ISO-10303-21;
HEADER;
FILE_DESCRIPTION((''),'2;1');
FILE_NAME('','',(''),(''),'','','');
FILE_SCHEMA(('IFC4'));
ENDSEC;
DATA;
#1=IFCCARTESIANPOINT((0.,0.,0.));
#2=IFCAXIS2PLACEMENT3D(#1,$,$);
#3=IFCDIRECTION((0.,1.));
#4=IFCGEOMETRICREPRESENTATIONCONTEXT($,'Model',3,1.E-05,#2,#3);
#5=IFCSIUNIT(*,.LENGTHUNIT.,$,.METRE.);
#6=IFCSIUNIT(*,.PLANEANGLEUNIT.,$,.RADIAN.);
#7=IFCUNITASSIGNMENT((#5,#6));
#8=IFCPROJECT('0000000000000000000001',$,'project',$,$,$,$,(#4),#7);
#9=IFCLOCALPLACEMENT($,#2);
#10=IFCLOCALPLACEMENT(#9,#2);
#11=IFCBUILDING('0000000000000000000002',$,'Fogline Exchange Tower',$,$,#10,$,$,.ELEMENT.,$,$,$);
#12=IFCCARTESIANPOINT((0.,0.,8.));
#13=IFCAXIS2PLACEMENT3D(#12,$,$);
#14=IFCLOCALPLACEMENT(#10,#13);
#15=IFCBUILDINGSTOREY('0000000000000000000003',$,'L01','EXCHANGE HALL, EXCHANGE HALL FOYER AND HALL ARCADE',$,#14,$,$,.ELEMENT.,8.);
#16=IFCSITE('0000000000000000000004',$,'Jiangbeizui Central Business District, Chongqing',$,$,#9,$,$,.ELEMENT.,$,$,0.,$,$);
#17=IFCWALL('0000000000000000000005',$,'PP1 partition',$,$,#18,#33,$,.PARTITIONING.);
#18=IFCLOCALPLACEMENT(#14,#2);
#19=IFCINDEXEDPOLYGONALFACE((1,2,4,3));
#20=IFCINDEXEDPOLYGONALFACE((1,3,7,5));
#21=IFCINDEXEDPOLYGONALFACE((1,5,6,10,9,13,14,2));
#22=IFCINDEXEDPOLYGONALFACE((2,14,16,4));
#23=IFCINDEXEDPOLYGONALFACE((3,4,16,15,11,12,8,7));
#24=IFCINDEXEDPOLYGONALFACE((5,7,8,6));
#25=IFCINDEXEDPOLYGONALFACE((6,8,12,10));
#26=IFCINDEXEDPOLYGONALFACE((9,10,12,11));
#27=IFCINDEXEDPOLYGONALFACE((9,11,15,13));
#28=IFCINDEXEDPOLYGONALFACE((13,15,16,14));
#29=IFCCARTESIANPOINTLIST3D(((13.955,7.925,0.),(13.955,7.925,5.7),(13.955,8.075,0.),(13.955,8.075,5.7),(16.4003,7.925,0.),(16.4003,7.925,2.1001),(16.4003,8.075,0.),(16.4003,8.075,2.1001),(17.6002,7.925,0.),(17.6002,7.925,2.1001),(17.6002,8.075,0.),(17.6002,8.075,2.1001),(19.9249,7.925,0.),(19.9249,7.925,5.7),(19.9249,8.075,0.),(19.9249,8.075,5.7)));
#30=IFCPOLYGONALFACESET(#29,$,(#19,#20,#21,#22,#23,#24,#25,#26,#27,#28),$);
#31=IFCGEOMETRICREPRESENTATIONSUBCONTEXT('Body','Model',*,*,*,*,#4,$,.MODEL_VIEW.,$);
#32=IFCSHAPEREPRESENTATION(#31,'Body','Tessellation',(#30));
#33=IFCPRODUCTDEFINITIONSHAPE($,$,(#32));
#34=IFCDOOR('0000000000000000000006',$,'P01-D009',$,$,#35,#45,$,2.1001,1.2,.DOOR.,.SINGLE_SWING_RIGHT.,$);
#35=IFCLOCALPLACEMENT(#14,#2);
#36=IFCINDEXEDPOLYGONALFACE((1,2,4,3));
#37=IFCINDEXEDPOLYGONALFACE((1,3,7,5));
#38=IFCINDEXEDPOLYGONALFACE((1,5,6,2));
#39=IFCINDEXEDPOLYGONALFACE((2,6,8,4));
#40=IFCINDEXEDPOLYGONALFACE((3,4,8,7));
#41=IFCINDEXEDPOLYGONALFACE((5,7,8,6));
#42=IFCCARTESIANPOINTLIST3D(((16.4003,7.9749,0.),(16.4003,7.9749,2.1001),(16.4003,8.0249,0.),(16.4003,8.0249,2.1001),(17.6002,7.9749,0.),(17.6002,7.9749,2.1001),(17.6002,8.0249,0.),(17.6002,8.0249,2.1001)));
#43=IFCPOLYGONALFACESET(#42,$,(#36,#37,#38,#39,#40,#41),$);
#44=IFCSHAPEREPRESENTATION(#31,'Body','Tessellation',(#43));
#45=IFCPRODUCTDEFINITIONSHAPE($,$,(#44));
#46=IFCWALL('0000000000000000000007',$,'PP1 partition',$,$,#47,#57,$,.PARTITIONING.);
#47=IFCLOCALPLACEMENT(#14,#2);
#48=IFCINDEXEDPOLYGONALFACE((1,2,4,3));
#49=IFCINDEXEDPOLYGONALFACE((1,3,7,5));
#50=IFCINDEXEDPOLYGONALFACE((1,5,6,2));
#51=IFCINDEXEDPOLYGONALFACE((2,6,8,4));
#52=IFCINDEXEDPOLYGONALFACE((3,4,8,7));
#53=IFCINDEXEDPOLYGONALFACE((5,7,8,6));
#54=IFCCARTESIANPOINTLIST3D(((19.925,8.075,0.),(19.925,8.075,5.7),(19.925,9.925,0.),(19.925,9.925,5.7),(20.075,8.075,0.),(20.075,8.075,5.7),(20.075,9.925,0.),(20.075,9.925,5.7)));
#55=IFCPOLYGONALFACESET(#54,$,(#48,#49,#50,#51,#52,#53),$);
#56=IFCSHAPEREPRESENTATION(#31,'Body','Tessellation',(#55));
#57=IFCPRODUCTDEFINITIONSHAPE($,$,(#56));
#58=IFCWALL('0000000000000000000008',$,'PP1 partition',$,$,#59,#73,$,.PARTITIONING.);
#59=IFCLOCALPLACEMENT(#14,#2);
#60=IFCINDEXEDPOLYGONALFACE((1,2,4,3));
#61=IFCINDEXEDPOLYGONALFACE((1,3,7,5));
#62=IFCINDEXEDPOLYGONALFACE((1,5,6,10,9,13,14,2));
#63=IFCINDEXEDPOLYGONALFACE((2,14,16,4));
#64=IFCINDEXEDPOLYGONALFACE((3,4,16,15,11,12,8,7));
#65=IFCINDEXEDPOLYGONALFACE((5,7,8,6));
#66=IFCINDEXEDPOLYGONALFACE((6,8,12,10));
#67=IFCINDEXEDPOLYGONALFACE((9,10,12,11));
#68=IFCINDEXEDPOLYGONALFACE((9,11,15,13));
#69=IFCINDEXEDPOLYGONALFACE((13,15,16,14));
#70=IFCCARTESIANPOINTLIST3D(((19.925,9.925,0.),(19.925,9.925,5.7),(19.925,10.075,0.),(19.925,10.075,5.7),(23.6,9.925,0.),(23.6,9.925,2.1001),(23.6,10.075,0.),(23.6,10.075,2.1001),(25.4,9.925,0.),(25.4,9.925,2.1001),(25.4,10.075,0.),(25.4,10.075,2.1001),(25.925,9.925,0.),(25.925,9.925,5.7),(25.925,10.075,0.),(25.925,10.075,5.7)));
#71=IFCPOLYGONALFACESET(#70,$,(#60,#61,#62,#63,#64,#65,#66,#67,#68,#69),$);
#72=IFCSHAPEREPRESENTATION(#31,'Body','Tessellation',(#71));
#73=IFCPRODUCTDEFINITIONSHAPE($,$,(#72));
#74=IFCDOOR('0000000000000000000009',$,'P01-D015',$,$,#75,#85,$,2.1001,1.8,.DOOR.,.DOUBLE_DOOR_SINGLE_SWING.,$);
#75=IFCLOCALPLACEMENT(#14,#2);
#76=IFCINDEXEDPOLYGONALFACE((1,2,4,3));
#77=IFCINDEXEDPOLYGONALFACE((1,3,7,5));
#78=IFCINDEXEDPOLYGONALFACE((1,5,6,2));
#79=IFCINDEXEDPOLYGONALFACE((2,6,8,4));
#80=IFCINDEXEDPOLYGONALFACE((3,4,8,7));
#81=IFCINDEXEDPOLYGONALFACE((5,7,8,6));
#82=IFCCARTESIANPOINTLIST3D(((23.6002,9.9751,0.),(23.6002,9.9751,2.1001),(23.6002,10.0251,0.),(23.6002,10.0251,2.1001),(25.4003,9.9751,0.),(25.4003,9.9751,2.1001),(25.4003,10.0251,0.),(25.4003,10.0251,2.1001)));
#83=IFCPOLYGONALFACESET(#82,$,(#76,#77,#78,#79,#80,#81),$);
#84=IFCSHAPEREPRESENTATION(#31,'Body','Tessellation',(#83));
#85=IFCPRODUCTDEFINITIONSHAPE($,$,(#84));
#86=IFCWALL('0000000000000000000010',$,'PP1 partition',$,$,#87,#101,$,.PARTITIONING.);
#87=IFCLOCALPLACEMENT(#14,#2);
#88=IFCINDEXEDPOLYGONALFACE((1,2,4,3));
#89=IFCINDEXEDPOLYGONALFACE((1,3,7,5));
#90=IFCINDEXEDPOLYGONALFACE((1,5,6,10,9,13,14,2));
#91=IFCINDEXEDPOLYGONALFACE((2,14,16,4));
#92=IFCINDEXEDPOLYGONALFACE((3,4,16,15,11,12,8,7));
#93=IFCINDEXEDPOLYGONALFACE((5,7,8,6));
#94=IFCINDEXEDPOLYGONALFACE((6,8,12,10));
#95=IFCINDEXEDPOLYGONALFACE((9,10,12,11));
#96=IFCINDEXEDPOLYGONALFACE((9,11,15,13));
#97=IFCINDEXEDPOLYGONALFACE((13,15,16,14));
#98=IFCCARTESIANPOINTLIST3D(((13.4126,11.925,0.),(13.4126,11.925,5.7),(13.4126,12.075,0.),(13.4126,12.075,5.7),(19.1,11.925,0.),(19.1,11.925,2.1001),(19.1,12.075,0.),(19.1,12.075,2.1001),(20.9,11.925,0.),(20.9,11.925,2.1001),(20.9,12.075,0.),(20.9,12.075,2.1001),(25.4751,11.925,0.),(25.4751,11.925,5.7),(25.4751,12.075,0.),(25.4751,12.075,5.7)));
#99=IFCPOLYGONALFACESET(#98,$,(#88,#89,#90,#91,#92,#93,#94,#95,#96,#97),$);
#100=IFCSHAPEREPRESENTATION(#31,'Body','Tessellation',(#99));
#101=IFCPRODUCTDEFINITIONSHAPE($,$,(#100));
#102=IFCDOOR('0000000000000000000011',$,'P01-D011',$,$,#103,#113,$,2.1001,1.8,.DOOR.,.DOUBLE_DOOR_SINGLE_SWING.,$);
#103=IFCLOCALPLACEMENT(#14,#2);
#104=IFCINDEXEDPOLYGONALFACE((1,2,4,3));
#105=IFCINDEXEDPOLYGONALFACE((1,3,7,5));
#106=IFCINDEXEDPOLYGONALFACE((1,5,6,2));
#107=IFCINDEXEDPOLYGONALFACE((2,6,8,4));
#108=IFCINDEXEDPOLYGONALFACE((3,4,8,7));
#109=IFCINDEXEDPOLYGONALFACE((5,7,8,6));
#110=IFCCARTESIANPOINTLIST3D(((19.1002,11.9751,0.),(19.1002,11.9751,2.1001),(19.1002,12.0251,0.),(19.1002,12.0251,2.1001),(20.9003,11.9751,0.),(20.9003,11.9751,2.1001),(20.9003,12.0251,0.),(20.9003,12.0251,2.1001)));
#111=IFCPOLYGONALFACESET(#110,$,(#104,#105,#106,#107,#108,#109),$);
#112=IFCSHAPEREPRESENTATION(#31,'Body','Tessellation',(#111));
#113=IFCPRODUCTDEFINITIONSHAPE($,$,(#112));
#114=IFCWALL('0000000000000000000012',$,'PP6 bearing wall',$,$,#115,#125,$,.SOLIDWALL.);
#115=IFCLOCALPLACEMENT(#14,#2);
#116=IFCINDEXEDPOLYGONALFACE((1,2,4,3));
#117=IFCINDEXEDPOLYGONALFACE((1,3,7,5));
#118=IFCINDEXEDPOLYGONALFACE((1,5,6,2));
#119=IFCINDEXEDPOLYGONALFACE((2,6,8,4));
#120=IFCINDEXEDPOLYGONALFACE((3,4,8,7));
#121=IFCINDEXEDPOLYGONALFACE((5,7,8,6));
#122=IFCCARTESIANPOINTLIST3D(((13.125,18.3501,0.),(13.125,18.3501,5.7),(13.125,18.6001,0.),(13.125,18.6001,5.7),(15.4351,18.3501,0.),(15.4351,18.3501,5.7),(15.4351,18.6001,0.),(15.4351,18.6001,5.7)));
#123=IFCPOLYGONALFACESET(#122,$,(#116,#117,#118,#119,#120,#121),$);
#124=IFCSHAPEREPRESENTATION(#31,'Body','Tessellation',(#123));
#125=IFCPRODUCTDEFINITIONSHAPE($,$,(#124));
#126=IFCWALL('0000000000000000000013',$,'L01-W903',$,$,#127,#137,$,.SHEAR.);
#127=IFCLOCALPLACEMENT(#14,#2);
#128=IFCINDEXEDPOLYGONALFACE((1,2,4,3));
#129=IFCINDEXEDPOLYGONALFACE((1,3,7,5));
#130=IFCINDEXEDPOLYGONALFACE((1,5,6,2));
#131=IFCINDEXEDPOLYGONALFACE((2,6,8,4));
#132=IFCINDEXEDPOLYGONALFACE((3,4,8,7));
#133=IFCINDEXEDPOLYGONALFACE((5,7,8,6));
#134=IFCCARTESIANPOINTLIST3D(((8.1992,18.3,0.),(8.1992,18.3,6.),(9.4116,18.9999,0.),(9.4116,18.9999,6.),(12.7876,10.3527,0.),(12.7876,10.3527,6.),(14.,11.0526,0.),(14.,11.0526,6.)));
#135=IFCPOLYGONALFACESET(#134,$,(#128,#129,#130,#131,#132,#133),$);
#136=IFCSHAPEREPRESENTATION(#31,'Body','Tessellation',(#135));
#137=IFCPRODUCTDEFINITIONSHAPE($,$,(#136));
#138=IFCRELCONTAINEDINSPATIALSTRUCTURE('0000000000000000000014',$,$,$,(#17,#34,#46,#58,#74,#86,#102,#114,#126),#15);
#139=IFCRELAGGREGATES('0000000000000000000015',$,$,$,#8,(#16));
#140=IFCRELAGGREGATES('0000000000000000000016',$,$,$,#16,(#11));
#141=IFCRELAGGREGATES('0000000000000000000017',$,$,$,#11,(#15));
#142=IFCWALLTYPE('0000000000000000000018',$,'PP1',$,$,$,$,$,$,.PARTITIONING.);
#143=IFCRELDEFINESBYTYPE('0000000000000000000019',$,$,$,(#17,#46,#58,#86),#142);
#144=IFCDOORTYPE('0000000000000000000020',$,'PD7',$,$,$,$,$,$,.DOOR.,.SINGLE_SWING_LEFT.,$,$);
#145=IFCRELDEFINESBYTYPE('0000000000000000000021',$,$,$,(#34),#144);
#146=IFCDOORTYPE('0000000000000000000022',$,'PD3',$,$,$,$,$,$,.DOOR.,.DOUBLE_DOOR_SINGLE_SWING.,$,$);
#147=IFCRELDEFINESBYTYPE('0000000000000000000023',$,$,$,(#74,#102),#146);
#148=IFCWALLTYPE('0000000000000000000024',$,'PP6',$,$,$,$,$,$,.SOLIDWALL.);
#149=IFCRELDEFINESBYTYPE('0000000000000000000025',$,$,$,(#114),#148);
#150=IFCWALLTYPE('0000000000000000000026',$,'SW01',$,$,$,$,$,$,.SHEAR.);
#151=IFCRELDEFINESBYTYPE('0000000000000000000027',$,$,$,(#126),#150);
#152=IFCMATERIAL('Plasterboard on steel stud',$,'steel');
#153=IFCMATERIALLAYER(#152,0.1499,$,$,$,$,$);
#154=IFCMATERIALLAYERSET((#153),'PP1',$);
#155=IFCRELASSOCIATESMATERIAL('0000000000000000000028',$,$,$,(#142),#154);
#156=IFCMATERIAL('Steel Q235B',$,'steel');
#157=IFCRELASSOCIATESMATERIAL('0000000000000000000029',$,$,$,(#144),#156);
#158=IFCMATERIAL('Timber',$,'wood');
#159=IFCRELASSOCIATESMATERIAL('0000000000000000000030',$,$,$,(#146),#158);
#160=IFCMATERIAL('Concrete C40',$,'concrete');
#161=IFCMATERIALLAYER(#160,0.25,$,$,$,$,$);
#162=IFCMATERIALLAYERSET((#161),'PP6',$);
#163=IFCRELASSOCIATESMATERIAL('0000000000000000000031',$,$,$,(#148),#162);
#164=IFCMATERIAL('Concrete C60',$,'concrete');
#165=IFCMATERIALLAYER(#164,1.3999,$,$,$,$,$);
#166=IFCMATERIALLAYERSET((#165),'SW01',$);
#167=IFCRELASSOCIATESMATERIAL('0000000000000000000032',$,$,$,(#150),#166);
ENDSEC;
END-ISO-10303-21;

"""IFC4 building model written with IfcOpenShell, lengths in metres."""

from ifc_helpers import new_model, si_unit, direction, frame, frame_2d, origin, place, context, subcontext, project, spatial, rectangle, extrude, material, layer, layer_set, type_object, element, fill, save


model = new_model("IFC4")

# Units and contexts
model_context = context("Model", 3, precision=1e-05, world=origin(), true_north=direction((0.0, 1.0)))
body_context = subcontext(model_context, "Body", "Model", "MODEL_VIEW")
ifc_project = project(units=[si_unit("LENGTHUNIT", "METRE"), si_unit("PLANEANGLEUNIT", "RADIAN")], contexts=[model_context])

# Site, building, storey
site_placement = place(None, origin())
site = spatial("IfcSite", under=ifc_project, at=site_placement, Name="Jiangbeizui Central Business District, Chongqing", CompositionType="ELEMENT", RefElevation=0.0)
building_placement = place(site_placement, origin())
building = spatial("IfcBuilding", under=site, at=building_placement, Name="Fogline Exchange Tower", CompositionType="ELEMENT")
storey_placement = place(building_placement, frame((0.0, 0.0, 8.0)))
storey = spatial("IfcBuildingStorey", under=building, at=storey_placement, Name="L01", Description="EXCHANGE HALL, EXCHANGE HALL FOYER AND HALL ARCADE", CompositionType="ELEMENT", Elevation=8.0)

# Wall, opening, door
ifc_material_1 = material(Name="Plasterboard on steel stud", Category="steel")
ifc_layer_1 = layer(ifc_material_1, 0.1499)
ifc_layer_set_1 = layer_set([ifc_layer_1], Name="PP1")
wall_type_1 = type_object("IfcWallType", Name="PP1", PredefinedType="PARTITIONING", material=ifc_layer_set_1)
wall_1_placement = place(storey_placement, frame((13.9551, 8.0, 0.0), z_axis=(0.0, 0.0, 1.0), x_axis=(1.0, 0.0, 0.0)))
wall_1 = element("IfcWall", 1, at=wall_1_placement, inside=storey, type_object=wall_type_1, Name="PP1 partition", PredefinedType="PARTITIONING", context=body_context, shape_type="SweptSolid", body=[
    extrude(rectangle(XDim=5.97, YDim=0.1499, at=frame_2d((2.9849, 0.0))), origin(), (0.0, 0.0, 1.0), 5.7),
])
opening_1_placement = place(wall_1_placement, frame((2.4451, 0.0, 0.0)))
opening_1 = element("IfcOpeningElement", 2, at=opening_1_placement, cuts=wall_1, PredefinedType="OPENING", context=body_context, shape_type="SweptSolid", body=[
    extrude(rectangle(XDim=1.2, YDim=2.1001, at=frame_2d((0.6001, 1.05))), frame((0.0, 0.085, 0.0), z_axis=(0.0, -1.0, 0.0), x_axis=(1.0, 0.0, 0.0)), (0.0, 0.0, 1.0), 0.1699),
])
ifc_material_2 = material(Name="Steel Q235B", Category="steel")
door_type_1 = type_object("IfcDoorType", Name="PD7", OperationType="SINGLE_SWING_LEFT", PredefinedType="DOOR", material=ifc_material_2)
door_1_placement = place(opening_1_placement, origin())
door_1 = element("IfcDoor", 3, at=door_1_placement, inside=storey, type_object=door_type_1, Name="P01-D009", OperationType="SINGLE_SWING_RIGHT", OverallHeight=2.1001, OverallWidth=1.2, PredefinedType="DOOR", context=body_context, shape_type="SweptSolid", body=[
    extrude(rectangle(XDim=1.2, YDim=2.1001, at=frame_2d((0.6001, 1.05))), frame((0.0, 0.0249, 0.0), z_axis=(0.0, -1.0, 0.0), x_axis=(1.0, 0.0, 0.0)), (0.0, 0.0, 1.0), 0.05),
])
fill(opening_1, door_1)

# Wall
wall_2_placement = place(storey_placement, frame((20.0, 8.075, 0.0), z_axis=(0.0, 0.0, 1.0), x_axis=(0.0, 1.0, 0.0)))
element("IfcWall", 4, at=wall_2_placement, inside=storey, type_object=wall_type_1, Name="PP1 partition", PredefinedType="PARTITIONING", context=body_context, shape_type="SweptSolid", body=[
    extrude(rectangle(XDim=1.8501, YDim=0.1499, at=frame_2d((0.925, 0.0))), origin(), (0.0, 0.0, 1.0), 5.7),
])

# Walls, openings, doors
wall_3_placement = place(storey_placement, frame((19.925, 10.0, 0.0), z_axis=(0.0, 0.0, 1.0), x_axis=(1.0, 0.0, 0.0)))
wall_3 = element("IfcWall", 5, at=wall_3_placement, inside=storey, type_object=wall_type_1, Name="PP1 partition", PredefinedType="PARTITIONING", context=body_context, shape_type="SweptSolid", body=[
    extrude(rectangle(XDim=6.0, YDim=0.1499, at=frame_2d((3.0, 0.0))), origin(), (0.0, 0.0, 1.0), 5.7),
])
opening_2_placement = place(wall_3_placement, frame((3.675, 0.0, 0.0)))
opening_2 = element("IfcOpeningElement", 6, at=opening_2_placement, cuts=wall_3, PredefinedType="OPENING", context=body_context, shape_type="SweptSolid", body=[
    extrude(rectangle(XDim=1.8, YDim=2.1001, at=frame_2d((0.8999, 1.05))), frame((0.0, 0.085, 0.0), z_axis=(0.0, -1.0, 0.0), x_axis=(1.0, 0.0, 0.0)), (0.0, 0.0, 1.0), 0.1699),
])
ifc_material_3 = material(Name="Timber", Category="wood")
door_type_2 = type_object("IfcDoorType", Name="PD3", OperationType="DOUBLE_DOOR_SINGLE_SWING", PredefinedType="DOOR", material=ifc_material_3)
door_2_placement = place(opening_2_placement, frame((1.8, 0.0, 0.0), z_axis=(0.0, 0.0, 1.0), x_axis=(-1.0, 0.0, 0.0)))
door_2 = element("IfcDoor", 7, at=door_2_placement, inside=storey, type_object=door_type_2, Name="P01-D015", OperationType="DOUBLE_DOOR_SINGLE_SWING", OverallHeight=2.1001, OverallWidth=1.8, PredefinedType="DOOR", context=body_context, shape_type="SweptSolid", body=[
    extrude(rectangle(XDim=1.8, YDim=2.1001, at=frame_2d((0.8999, 1.05))), frame((0.0, 0.0249, 0.0), z_axis=(0.0, -1.0, 0.0), x_axis=(1.0, 0.0, 0.0)), (0.0, 0.0, 1.0), 0.05),
])
fill(opening_2, door_2)
wall_4_placement = place(storey_placement, frame((13.4126, 12.0, 0.0), z_axis=(0.0, 0.0, 1.0), x_axis=(1.0, 0.0, 0.0)))
wall_4 = element("IfcWall", 8, at=wall_4_placement, inside=storey, type_object=wall_type_1, Name="PP1 partition", PredefinedType="PARTITIONING", context=body_context, shape_type="SweptSolid", body=[
    extrude(rectangle(XDim=12.0625, YDim=0.1499, at=frame_2d((6.0312, 0.0))), origin(), (0.0, 0.0, 1.0), 5.7),
])
opening_3_placement = place(wall_4_placement, frame((5.6875, 0.0, 0.0)))
opening_3 = element("IfcOpeningElement", 9, at=opening_3_placement, cuts=wall_4, PredefinedType="OPENING", context=body_context, shape_type="SweptSolid", body=[
    extrude(rectangle(XDim=1.8, YDim=2.1001, at=frame_2d((0.8999, 1.05))), frame((0.0, 0.085, 0.0), z_axis=(0.0, -1.0, 0.0), x_axis=(1.0, 0.0, 0.0)), (0.0, 0.0, 1.0), 0.1699),
])
door_3_placement = place(opening_3_placement, frame((1.8, 0.0, 0.0), z_axis=(0.0, 0.0, 1.0), x_axis=(-1.0, 0.0, 0.0)))
door_3 = element("IfcDoor", 10, at=door_3_placement, inside=storey, type_object=door_type_2, Name="P01-D011", OperationType="DOUBLE_DOOR_SINGLE_SWING", OverallHeight=2.1001, OverallWidth=1.8, PredefinedType="DOOR", context=body_context, shape_type="SweptSolid", body=[
    extrude(rectangle(XDim=1.8, YDim=2.1001, at=frame_2d((0.8999, 1.05))), frame((0.0, 0.0249, 0.0), z_axis=(0.0, -1.0, 0.0), x_axis=(1.0, 0.0, 0.0)), (0.0, 0.0, 1.0), 0.05),
])
fill(opening_3, door_3)

# Walls
ifc_material_4 = material(Name="Concrete C40", Category="concrete")
ifc_layer_2 = layer(ifc_material_4, 0.25)
ifc_layer_set_2 = layer_set([ifc_layer_2], Name="PP6")
wall_type_2 = type_object("IfcWallType", Name="PP6", PredefinedType="SOLIDWALL", material=ifc_layer_set_2)
wall_5_placement = place(storey_placement, frame((13.125, 18.4751, 0.0), z_axis=(0.0, 0.0, 1.0), x_axis=(1.0, 0.0, 0.0)))
element("IfcWall", 11, at=wall_5_placement, inside=storey, type_object=wall_type_2, Name="PP6 bearing wall", PredefinedType="SOLIDWALL", context=body_context, shape_type="SweptSolid", body=[
    extrude(rectangle(XDim=2.3101, YDim=0.25, at=frame_2d((1.155, 0.0))), origin(), (0.0, 0.0, 1.0), 5.7),
])
ifc_material_5 = material(Name="Concrete C60", Category="concrete")
ifc_layer_3 = layer(ifc_material_5, 1.3999)
ifc_layer_set_3 = layer_set([ifc_layer_3], Name="SW01")
wall_type_3 = type_object("IfcWallType", Name="SW01", PredefinedType="SHEAR", material=ifc_layer_set_3)
wall_6_placement = place(storey_placement, frame((13.3938, 10.7026, 0.0), z_axis=(0.0, 0.0, 1.0), x_axis=(-0.500002, 0.866024, 0.0)))
element("IfcWall", 12, at=wall_6_placement, inside=storey, type_object=wall_type_3, Name="L01-W903", PredefinedType="SHEAR", context=body_context, shape_type="SweptSolid", body=[
    extrude(rectangle(XDim=9.1768, YDim=1.3999, at=frame_2d((4.5884, 0.0))), origin(), (0.0, 0.0, 1.0), 6.0),
])

save(model, "model.ifc")
